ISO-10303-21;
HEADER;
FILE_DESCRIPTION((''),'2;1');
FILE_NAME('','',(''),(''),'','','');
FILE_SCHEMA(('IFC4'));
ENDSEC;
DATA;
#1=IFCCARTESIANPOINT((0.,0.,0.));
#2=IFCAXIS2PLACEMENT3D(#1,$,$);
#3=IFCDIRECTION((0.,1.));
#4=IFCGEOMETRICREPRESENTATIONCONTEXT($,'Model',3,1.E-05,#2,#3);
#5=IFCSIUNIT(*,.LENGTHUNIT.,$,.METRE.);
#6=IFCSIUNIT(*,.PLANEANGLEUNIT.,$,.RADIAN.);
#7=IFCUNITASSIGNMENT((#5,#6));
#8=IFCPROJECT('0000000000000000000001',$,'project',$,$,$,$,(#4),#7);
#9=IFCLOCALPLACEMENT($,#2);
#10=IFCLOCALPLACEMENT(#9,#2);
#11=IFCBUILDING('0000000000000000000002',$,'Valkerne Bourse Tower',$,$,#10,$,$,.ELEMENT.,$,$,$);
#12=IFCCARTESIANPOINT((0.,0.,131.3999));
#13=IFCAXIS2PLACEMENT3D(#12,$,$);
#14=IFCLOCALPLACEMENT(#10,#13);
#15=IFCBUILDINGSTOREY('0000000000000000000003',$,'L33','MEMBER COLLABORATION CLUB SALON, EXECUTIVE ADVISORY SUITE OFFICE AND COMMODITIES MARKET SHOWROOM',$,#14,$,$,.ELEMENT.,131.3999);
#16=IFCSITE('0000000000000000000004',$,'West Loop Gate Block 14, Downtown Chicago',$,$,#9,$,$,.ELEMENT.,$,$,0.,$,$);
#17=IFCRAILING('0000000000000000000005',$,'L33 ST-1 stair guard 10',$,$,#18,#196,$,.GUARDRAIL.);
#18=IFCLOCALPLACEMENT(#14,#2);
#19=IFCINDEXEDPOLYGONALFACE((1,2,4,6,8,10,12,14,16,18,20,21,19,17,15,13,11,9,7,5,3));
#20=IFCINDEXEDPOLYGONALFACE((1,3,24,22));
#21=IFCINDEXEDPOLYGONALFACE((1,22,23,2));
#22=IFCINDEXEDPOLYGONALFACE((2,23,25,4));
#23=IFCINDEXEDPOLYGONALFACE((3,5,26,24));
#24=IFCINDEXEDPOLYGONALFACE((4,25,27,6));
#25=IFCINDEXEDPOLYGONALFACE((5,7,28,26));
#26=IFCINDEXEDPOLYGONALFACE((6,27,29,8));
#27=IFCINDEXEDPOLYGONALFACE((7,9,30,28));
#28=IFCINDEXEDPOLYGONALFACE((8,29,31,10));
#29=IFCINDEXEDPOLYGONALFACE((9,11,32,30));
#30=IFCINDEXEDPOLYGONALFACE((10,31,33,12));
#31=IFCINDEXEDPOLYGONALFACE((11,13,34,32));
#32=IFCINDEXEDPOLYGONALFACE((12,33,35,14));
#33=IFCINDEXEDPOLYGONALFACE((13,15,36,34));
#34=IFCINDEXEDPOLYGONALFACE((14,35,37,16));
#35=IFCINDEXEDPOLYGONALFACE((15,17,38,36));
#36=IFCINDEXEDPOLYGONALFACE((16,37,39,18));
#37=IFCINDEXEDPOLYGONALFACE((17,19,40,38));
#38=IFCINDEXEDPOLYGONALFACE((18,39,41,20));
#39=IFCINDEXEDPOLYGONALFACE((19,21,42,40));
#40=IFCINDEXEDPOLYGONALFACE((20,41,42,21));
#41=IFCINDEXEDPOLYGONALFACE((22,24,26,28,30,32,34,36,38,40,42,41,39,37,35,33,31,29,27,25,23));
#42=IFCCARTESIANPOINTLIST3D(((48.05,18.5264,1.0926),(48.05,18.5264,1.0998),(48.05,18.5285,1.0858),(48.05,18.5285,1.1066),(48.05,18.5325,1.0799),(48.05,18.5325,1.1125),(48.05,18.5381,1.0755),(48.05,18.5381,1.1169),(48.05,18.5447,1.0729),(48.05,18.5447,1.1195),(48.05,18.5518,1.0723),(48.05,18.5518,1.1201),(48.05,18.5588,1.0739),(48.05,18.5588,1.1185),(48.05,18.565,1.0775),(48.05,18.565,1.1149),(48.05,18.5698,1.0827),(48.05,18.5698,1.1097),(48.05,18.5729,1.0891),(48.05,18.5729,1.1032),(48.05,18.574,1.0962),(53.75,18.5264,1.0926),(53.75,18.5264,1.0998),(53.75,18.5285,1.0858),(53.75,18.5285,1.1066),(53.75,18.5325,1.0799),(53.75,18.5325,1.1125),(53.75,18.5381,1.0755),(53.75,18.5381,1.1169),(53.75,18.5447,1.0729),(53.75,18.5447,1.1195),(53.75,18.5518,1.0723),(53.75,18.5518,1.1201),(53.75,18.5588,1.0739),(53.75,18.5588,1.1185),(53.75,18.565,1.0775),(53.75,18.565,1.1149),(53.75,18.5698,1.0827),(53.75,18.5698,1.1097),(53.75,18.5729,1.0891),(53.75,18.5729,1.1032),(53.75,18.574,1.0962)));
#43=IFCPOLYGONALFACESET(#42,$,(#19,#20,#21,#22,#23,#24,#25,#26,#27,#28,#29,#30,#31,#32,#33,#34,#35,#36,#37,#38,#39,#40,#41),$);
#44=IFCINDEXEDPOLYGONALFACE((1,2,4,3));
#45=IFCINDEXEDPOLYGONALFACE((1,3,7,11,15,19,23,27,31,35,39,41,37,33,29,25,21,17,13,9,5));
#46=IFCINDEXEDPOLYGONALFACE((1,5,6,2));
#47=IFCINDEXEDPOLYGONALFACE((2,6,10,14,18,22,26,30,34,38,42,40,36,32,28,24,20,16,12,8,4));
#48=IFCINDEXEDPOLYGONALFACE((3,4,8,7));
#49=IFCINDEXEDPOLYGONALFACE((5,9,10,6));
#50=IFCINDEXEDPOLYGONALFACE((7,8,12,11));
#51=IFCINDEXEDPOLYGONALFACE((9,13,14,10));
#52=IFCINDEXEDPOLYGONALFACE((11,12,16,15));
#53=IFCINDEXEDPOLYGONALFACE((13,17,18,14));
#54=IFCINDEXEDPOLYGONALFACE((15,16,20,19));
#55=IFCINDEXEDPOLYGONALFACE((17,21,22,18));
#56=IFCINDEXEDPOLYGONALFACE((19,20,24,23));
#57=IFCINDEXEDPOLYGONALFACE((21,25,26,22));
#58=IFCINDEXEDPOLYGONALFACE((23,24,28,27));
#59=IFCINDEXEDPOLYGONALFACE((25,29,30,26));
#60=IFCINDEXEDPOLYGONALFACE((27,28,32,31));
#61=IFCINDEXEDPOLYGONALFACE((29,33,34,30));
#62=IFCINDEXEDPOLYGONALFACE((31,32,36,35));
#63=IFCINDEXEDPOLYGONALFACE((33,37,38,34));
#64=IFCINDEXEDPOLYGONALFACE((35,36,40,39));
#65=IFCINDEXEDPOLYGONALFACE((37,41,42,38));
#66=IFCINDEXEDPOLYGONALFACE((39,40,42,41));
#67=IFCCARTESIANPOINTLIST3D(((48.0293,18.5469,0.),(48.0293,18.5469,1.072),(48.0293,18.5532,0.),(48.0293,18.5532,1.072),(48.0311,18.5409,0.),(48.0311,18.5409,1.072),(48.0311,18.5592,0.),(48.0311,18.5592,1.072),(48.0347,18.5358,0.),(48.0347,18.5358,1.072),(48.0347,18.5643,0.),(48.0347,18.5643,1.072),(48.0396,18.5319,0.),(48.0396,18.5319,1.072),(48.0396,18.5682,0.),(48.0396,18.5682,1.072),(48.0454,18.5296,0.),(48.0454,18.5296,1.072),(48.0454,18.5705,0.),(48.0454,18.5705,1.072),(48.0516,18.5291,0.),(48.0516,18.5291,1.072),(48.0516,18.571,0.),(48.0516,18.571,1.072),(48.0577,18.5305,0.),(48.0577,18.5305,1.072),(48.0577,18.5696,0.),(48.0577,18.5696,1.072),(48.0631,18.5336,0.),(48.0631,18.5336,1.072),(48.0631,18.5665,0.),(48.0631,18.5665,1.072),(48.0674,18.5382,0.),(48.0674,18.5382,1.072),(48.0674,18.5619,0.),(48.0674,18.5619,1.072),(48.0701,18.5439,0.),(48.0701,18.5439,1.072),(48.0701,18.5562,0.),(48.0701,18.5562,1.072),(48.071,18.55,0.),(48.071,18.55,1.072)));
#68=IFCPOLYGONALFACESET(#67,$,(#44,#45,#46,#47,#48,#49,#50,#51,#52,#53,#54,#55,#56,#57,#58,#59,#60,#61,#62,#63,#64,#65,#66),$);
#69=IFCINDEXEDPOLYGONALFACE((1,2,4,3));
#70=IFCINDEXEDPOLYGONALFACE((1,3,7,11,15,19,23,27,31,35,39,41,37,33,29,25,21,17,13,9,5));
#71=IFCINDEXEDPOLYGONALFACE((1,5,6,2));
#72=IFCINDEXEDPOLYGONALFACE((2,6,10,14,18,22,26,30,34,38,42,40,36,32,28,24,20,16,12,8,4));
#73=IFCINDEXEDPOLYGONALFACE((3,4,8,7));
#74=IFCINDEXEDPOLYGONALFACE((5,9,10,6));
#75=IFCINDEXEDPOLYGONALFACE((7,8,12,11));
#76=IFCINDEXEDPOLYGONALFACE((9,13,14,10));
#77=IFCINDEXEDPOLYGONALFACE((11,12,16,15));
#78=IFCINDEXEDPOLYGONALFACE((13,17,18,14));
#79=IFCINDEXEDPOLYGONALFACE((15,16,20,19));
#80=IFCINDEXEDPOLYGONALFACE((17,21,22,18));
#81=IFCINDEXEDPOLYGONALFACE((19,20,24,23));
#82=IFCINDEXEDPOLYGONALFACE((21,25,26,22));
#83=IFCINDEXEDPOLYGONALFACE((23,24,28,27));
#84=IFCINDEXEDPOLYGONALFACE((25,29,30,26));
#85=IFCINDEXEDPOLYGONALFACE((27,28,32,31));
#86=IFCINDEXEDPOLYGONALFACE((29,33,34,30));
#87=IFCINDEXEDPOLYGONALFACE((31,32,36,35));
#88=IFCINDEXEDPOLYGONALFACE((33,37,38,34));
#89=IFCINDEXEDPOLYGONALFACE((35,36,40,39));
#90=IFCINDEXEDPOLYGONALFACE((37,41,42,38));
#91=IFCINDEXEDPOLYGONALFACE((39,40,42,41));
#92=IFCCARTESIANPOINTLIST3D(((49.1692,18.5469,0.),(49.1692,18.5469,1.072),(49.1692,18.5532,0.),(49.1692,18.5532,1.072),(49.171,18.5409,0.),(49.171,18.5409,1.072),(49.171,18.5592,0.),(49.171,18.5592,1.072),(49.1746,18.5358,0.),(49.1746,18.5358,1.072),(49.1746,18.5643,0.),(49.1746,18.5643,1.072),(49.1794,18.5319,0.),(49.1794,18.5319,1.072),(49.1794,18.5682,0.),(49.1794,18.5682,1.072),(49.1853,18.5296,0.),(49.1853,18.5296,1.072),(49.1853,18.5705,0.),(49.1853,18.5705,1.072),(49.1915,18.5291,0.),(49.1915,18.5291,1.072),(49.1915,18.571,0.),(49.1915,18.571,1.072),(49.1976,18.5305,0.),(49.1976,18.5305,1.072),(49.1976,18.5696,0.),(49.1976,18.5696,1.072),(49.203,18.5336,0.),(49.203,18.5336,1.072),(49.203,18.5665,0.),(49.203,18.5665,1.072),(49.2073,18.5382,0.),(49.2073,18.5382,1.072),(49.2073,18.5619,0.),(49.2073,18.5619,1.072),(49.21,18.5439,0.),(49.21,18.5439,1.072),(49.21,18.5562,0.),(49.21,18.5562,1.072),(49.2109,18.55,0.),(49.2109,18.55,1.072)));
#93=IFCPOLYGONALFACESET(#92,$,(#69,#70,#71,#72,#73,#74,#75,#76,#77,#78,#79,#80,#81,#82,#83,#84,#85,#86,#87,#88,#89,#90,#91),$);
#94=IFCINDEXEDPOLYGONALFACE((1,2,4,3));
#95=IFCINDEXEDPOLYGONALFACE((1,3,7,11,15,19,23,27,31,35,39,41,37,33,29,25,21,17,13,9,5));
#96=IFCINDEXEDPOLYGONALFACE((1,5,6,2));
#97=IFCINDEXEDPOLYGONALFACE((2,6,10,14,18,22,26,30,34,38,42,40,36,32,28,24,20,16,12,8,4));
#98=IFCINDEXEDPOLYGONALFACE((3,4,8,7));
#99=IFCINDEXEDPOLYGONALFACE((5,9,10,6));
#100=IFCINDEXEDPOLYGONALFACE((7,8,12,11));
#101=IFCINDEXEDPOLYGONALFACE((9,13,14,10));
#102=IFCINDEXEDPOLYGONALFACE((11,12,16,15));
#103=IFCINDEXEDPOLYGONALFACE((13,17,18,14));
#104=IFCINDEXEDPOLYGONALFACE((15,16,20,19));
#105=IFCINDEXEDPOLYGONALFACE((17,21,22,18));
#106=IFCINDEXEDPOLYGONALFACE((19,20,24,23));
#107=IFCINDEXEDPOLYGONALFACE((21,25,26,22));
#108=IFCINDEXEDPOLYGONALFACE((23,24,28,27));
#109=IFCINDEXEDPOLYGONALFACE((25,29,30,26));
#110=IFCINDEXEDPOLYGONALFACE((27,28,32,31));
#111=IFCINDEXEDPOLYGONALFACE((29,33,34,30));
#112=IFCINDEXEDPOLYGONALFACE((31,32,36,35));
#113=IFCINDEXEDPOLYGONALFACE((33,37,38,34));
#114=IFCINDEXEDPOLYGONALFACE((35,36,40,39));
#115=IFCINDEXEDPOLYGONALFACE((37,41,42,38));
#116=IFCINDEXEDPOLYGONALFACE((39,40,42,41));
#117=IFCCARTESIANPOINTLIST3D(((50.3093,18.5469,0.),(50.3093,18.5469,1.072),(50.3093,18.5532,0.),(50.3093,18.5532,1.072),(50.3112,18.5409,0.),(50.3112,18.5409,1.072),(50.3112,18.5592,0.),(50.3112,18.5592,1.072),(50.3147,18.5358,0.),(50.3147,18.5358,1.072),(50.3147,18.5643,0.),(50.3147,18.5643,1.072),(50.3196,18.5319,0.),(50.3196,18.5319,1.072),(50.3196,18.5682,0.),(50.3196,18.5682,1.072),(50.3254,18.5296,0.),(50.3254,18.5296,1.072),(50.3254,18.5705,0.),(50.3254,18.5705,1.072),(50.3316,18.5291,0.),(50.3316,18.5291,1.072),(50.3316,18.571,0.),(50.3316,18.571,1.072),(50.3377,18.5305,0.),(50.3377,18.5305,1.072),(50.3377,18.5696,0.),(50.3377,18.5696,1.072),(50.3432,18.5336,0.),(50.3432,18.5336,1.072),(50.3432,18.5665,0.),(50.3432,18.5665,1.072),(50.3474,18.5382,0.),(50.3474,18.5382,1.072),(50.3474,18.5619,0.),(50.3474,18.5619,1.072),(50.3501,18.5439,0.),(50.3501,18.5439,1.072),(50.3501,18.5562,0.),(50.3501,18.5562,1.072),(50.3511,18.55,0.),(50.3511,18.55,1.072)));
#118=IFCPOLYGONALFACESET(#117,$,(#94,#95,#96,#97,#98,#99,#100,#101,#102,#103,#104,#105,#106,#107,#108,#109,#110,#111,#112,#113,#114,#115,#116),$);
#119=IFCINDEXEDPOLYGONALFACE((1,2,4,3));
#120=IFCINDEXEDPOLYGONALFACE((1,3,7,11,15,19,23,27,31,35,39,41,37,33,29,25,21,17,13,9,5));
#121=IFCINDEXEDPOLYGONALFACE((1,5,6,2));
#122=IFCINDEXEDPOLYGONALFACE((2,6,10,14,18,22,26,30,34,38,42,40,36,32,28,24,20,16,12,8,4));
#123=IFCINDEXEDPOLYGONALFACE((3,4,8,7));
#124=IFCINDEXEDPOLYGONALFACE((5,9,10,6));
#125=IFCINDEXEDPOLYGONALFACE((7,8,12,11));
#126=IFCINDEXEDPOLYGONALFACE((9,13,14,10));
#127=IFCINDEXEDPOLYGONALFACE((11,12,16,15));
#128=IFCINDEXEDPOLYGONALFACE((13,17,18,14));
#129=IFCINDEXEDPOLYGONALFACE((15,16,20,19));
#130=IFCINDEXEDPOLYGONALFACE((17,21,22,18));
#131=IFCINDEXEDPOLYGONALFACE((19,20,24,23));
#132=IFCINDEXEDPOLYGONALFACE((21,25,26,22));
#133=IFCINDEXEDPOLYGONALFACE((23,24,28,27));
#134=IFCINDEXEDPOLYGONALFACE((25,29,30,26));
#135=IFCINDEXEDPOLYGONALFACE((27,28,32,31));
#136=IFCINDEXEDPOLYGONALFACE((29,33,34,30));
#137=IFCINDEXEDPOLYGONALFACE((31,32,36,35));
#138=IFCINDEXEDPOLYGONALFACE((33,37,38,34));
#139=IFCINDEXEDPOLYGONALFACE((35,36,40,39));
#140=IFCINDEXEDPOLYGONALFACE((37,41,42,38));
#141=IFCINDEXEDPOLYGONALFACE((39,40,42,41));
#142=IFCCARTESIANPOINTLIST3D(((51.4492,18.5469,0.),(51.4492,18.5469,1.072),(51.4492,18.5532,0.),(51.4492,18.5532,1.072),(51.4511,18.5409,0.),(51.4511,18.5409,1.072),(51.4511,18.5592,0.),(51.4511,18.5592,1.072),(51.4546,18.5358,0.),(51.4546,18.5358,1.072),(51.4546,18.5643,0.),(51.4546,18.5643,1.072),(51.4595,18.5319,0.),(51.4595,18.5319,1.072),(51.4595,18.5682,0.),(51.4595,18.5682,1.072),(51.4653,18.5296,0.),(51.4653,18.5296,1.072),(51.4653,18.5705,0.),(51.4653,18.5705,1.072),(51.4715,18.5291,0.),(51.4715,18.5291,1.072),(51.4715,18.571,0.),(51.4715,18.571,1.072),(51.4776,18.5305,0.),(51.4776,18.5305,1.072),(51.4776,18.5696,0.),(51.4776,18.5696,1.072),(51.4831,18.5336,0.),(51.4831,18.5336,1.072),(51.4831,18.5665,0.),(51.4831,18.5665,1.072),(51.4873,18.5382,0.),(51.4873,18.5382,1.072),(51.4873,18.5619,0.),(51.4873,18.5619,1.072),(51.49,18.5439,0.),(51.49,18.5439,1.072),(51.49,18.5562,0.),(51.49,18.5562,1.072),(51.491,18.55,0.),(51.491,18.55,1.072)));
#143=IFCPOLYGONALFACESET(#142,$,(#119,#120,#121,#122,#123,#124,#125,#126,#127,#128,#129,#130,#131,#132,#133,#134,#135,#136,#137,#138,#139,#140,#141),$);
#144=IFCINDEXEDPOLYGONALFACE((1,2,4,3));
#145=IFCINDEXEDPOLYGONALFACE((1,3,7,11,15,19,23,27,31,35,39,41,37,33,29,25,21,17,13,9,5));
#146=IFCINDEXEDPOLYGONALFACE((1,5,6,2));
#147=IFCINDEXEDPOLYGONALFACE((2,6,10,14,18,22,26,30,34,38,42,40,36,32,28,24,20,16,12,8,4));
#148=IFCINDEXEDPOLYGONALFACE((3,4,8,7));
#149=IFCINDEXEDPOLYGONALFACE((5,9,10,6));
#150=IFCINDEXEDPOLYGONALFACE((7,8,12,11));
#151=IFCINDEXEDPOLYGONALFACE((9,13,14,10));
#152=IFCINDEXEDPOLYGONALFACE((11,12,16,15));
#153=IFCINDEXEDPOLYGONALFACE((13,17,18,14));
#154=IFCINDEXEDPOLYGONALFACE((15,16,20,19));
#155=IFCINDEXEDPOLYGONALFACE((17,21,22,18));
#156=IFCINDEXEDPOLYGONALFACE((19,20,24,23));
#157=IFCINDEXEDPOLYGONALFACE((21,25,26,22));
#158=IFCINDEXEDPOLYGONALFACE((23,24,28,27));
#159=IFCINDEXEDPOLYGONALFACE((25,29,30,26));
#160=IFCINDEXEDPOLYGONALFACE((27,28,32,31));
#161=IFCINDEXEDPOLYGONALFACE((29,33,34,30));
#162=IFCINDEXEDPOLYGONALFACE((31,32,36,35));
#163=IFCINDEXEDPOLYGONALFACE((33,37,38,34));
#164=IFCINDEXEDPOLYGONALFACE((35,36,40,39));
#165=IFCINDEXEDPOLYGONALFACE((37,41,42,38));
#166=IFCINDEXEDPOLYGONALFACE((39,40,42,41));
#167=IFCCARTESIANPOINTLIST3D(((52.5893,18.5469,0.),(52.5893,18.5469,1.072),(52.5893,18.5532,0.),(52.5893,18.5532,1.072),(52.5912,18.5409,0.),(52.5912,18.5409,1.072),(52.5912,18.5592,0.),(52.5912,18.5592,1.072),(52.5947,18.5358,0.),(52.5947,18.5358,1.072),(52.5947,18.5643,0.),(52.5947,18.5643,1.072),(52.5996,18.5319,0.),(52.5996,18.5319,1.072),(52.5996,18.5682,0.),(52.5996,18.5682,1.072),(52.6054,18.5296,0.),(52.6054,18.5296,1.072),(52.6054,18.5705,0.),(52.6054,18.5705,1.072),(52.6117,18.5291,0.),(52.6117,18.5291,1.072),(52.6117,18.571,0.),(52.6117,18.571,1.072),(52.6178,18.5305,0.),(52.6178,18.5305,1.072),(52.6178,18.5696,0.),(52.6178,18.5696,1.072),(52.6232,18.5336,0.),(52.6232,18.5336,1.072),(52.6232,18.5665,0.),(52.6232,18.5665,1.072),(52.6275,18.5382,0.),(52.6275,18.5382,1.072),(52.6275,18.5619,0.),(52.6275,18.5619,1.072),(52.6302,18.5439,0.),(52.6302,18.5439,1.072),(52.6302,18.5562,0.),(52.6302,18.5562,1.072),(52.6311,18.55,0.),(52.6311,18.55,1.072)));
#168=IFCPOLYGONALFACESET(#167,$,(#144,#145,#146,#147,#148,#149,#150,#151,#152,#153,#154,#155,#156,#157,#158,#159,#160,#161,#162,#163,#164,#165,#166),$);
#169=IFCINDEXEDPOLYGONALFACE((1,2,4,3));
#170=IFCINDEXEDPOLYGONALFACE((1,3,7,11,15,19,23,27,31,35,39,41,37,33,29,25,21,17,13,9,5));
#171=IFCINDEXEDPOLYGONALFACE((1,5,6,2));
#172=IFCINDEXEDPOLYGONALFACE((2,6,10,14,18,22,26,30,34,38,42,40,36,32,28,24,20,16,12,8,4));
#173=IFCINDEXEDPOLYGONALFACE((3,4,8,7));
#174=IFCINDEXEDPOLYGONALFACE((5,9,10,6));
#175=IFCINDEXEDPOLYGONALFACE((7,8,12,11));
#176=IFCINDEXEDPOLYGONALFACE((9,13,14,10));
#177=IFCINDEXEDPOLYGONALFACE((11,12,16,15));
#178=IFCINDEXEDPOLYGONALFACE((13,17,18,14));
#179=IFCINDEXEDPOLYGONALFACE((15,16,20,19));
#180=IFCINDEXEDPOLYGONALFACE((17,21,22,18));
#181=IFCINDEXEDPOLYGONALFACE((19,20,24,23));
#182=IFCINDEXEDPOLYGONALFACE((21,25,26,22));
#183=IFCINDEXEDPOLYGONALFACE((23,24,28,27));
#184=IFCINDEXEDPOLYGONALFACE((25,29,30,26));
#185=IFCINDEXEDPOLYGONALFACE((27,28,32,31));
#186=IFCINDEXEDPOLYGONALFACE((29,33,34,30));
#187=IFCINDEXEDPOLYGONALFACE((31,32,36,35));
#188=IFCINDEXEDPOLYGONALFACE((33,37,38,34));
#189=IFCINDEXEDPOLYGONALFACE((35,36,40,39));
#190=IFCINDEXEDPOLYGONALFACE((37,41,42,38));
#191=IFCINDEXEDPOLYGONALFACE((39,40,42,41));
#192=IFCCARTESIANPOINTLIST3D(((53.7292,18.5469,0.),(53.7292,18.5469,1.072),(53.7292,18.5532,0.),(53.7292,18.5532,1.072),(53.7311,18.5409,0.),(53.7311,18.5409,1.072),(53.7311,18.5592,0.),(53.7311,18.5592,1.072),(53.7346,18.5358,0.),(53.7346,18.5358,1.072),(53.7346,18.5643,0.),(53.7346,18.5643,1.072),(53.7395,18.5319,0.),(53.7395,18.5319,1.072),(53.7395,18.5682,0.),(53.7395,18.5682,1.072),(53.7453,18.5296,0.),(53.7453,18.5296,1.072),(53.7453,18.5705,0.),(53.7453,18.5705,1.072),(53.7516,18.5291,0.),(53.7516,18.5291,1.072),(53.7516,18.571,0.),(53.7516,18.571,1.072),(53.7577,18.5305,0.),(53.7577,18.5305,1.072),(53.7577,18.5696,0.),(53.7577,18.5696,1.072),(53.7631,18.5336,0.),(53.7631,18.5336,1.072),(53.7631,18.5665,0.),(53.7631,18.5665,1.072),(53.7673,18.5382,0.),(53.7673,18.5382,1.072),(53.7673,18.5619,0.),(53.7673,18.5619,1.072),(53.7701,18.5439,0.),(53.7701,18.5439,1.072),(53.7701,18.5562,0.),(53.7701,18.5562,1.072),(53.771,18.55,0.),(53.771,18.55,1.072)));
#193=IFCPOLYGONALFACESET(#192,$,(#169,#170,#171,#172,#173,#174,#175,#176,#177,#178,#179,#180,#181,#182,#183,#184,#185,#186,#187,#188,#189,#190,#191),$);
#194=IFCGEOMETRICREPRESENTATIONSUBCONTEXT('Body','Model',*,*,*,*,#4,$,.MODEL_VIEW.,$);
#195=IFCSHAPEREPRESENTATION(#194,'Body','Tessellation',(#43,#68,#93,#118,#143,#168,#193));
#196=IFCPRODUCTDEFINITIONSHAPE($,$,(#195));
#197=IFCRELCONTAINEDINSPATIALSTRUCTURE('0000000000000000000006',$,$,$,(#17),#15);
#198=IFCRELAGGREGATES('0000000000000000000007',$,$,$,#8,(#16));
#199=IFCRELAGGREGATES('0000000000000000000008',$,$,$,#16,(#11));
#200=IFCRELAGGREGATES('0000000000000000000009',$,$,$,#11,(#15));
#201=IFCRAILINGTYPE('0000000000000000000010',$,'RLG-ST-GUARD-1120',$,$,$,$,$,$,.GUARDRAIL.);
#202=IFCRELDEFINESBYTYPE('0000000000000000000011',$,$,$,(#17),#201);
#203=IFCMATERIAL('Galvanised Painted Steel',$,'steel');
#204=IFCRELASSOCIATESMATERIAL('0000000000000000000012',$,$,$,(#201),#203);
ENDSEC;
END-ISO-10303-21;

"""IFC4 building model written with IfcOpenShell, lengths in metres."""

from ifc_helpers import new_model, si_unit, direction, frame, origin, origin_2d, place, context, subcontext, project, spatial, circle, extrude, material, type_object, element, save


model = new_model("IFC4")

# Units and contexts
model_context = context("Model", 3, precision=1e-05, world=origin(), true_north=direction((0.0, 1.0)))
body_context = subcontext(model_context, "Body", "Model", "MODEL_VIEW")
ifc_project = project(units=[si_unit("LENGTHUNIT", "METRE"), si_unit("PLANEANGLEUNIT", "RADIAN")], contexts=[model_context])

# Site, building, storey
site_placement = place(None, origin())
site = spatial("IfcSite", under=ifc_project, at=site_placement, Name="West Loop Gate Block 14, Downtown Chicago", CompositionType="ELEMENT", RefElevation=0.0)
building_placement = place(site_placement, origin())
building = spatial("IfcBuilding", under=site, at=building_placement, Name="Valkerne Bourse Tower", CompositionType="ELEMENT")
storey_placement = place(building_placement, frame((0.0, 0.0, 131.3999)))
storey = spatial("IfcBuildingStorey", under=building, at=storey_placement, Name="L33", Description="MEMBER COLLABORATION CLUB SALON, EXECUTIVE ADVISORY SUITE OFFICE AND COMMODITIES MARKET SHOWROOM", CompositionType="ELEMENT", Elevation=131.3999)

# Shared definitions
ifc_material_1 = material(Name="Galvanised Painted Steel", Category="steel")

# Railing
railing_type = type_object("IfcRailingType", Name="RLG-ST-GUARD-1120", PredefinedType="GUARDRAIL", material=ifc_material_1)
for number, where, name in (
    (1, (48.05, 18.55, 0.0), "L33 ST-1 stair guard 10"),
):
    element("IfcRailing", number, at=place(storey_placement, frame(where)), inside=storey, type_object=railing_type, Name=name, PredefinedType="GUARDRAIL", context=body_context, shape_type="SweptSolid", body=[
        extrude(circle(Radius=0.0239, at=origin_2d()), frame((0.0, 0.0, 1.0962), z_axis=(1.0, 0.0, 0.0), x_axis=(0.0, 1.0, 0.0)), (0.0, 0.0, 1.0), 5.7),
        extrude(circle(Radius=0.021, at=origin_2d()), origin(), (0.0, 0.0, 1.0), 1.072),
        extrude(circle(Radius=0.021, at=origin_2d()), frame((1.1399, 0.0, 0.0)), (0.0, 0.0, 1.0), 1.072),
        extrude(circle(Radius=0.021, at=origin_2d()), frame((2.28, 0.0, 0.0)), (0.0, 0.0, 1.0), 1.072),
        extrude(circle(Radius=0.021, at=origin_2d()), frame((3.4199, 0.0, 0.0)), (0.0, 0.0, 1.0), 1.072),
        extrude(circle(Radius=0.021, at=origin_2d()), frame((4.5601, 0.0, 0.0)), (0.0, 0.0, 1.0), 1.072),
        extrude(circle(Radius=0.021, at=origin_2d()), frame((5.7, 0.0, 0.0)), (0.0, 0.0, 1.0), 1.072),
    ])

save(model, "model.ifc")
